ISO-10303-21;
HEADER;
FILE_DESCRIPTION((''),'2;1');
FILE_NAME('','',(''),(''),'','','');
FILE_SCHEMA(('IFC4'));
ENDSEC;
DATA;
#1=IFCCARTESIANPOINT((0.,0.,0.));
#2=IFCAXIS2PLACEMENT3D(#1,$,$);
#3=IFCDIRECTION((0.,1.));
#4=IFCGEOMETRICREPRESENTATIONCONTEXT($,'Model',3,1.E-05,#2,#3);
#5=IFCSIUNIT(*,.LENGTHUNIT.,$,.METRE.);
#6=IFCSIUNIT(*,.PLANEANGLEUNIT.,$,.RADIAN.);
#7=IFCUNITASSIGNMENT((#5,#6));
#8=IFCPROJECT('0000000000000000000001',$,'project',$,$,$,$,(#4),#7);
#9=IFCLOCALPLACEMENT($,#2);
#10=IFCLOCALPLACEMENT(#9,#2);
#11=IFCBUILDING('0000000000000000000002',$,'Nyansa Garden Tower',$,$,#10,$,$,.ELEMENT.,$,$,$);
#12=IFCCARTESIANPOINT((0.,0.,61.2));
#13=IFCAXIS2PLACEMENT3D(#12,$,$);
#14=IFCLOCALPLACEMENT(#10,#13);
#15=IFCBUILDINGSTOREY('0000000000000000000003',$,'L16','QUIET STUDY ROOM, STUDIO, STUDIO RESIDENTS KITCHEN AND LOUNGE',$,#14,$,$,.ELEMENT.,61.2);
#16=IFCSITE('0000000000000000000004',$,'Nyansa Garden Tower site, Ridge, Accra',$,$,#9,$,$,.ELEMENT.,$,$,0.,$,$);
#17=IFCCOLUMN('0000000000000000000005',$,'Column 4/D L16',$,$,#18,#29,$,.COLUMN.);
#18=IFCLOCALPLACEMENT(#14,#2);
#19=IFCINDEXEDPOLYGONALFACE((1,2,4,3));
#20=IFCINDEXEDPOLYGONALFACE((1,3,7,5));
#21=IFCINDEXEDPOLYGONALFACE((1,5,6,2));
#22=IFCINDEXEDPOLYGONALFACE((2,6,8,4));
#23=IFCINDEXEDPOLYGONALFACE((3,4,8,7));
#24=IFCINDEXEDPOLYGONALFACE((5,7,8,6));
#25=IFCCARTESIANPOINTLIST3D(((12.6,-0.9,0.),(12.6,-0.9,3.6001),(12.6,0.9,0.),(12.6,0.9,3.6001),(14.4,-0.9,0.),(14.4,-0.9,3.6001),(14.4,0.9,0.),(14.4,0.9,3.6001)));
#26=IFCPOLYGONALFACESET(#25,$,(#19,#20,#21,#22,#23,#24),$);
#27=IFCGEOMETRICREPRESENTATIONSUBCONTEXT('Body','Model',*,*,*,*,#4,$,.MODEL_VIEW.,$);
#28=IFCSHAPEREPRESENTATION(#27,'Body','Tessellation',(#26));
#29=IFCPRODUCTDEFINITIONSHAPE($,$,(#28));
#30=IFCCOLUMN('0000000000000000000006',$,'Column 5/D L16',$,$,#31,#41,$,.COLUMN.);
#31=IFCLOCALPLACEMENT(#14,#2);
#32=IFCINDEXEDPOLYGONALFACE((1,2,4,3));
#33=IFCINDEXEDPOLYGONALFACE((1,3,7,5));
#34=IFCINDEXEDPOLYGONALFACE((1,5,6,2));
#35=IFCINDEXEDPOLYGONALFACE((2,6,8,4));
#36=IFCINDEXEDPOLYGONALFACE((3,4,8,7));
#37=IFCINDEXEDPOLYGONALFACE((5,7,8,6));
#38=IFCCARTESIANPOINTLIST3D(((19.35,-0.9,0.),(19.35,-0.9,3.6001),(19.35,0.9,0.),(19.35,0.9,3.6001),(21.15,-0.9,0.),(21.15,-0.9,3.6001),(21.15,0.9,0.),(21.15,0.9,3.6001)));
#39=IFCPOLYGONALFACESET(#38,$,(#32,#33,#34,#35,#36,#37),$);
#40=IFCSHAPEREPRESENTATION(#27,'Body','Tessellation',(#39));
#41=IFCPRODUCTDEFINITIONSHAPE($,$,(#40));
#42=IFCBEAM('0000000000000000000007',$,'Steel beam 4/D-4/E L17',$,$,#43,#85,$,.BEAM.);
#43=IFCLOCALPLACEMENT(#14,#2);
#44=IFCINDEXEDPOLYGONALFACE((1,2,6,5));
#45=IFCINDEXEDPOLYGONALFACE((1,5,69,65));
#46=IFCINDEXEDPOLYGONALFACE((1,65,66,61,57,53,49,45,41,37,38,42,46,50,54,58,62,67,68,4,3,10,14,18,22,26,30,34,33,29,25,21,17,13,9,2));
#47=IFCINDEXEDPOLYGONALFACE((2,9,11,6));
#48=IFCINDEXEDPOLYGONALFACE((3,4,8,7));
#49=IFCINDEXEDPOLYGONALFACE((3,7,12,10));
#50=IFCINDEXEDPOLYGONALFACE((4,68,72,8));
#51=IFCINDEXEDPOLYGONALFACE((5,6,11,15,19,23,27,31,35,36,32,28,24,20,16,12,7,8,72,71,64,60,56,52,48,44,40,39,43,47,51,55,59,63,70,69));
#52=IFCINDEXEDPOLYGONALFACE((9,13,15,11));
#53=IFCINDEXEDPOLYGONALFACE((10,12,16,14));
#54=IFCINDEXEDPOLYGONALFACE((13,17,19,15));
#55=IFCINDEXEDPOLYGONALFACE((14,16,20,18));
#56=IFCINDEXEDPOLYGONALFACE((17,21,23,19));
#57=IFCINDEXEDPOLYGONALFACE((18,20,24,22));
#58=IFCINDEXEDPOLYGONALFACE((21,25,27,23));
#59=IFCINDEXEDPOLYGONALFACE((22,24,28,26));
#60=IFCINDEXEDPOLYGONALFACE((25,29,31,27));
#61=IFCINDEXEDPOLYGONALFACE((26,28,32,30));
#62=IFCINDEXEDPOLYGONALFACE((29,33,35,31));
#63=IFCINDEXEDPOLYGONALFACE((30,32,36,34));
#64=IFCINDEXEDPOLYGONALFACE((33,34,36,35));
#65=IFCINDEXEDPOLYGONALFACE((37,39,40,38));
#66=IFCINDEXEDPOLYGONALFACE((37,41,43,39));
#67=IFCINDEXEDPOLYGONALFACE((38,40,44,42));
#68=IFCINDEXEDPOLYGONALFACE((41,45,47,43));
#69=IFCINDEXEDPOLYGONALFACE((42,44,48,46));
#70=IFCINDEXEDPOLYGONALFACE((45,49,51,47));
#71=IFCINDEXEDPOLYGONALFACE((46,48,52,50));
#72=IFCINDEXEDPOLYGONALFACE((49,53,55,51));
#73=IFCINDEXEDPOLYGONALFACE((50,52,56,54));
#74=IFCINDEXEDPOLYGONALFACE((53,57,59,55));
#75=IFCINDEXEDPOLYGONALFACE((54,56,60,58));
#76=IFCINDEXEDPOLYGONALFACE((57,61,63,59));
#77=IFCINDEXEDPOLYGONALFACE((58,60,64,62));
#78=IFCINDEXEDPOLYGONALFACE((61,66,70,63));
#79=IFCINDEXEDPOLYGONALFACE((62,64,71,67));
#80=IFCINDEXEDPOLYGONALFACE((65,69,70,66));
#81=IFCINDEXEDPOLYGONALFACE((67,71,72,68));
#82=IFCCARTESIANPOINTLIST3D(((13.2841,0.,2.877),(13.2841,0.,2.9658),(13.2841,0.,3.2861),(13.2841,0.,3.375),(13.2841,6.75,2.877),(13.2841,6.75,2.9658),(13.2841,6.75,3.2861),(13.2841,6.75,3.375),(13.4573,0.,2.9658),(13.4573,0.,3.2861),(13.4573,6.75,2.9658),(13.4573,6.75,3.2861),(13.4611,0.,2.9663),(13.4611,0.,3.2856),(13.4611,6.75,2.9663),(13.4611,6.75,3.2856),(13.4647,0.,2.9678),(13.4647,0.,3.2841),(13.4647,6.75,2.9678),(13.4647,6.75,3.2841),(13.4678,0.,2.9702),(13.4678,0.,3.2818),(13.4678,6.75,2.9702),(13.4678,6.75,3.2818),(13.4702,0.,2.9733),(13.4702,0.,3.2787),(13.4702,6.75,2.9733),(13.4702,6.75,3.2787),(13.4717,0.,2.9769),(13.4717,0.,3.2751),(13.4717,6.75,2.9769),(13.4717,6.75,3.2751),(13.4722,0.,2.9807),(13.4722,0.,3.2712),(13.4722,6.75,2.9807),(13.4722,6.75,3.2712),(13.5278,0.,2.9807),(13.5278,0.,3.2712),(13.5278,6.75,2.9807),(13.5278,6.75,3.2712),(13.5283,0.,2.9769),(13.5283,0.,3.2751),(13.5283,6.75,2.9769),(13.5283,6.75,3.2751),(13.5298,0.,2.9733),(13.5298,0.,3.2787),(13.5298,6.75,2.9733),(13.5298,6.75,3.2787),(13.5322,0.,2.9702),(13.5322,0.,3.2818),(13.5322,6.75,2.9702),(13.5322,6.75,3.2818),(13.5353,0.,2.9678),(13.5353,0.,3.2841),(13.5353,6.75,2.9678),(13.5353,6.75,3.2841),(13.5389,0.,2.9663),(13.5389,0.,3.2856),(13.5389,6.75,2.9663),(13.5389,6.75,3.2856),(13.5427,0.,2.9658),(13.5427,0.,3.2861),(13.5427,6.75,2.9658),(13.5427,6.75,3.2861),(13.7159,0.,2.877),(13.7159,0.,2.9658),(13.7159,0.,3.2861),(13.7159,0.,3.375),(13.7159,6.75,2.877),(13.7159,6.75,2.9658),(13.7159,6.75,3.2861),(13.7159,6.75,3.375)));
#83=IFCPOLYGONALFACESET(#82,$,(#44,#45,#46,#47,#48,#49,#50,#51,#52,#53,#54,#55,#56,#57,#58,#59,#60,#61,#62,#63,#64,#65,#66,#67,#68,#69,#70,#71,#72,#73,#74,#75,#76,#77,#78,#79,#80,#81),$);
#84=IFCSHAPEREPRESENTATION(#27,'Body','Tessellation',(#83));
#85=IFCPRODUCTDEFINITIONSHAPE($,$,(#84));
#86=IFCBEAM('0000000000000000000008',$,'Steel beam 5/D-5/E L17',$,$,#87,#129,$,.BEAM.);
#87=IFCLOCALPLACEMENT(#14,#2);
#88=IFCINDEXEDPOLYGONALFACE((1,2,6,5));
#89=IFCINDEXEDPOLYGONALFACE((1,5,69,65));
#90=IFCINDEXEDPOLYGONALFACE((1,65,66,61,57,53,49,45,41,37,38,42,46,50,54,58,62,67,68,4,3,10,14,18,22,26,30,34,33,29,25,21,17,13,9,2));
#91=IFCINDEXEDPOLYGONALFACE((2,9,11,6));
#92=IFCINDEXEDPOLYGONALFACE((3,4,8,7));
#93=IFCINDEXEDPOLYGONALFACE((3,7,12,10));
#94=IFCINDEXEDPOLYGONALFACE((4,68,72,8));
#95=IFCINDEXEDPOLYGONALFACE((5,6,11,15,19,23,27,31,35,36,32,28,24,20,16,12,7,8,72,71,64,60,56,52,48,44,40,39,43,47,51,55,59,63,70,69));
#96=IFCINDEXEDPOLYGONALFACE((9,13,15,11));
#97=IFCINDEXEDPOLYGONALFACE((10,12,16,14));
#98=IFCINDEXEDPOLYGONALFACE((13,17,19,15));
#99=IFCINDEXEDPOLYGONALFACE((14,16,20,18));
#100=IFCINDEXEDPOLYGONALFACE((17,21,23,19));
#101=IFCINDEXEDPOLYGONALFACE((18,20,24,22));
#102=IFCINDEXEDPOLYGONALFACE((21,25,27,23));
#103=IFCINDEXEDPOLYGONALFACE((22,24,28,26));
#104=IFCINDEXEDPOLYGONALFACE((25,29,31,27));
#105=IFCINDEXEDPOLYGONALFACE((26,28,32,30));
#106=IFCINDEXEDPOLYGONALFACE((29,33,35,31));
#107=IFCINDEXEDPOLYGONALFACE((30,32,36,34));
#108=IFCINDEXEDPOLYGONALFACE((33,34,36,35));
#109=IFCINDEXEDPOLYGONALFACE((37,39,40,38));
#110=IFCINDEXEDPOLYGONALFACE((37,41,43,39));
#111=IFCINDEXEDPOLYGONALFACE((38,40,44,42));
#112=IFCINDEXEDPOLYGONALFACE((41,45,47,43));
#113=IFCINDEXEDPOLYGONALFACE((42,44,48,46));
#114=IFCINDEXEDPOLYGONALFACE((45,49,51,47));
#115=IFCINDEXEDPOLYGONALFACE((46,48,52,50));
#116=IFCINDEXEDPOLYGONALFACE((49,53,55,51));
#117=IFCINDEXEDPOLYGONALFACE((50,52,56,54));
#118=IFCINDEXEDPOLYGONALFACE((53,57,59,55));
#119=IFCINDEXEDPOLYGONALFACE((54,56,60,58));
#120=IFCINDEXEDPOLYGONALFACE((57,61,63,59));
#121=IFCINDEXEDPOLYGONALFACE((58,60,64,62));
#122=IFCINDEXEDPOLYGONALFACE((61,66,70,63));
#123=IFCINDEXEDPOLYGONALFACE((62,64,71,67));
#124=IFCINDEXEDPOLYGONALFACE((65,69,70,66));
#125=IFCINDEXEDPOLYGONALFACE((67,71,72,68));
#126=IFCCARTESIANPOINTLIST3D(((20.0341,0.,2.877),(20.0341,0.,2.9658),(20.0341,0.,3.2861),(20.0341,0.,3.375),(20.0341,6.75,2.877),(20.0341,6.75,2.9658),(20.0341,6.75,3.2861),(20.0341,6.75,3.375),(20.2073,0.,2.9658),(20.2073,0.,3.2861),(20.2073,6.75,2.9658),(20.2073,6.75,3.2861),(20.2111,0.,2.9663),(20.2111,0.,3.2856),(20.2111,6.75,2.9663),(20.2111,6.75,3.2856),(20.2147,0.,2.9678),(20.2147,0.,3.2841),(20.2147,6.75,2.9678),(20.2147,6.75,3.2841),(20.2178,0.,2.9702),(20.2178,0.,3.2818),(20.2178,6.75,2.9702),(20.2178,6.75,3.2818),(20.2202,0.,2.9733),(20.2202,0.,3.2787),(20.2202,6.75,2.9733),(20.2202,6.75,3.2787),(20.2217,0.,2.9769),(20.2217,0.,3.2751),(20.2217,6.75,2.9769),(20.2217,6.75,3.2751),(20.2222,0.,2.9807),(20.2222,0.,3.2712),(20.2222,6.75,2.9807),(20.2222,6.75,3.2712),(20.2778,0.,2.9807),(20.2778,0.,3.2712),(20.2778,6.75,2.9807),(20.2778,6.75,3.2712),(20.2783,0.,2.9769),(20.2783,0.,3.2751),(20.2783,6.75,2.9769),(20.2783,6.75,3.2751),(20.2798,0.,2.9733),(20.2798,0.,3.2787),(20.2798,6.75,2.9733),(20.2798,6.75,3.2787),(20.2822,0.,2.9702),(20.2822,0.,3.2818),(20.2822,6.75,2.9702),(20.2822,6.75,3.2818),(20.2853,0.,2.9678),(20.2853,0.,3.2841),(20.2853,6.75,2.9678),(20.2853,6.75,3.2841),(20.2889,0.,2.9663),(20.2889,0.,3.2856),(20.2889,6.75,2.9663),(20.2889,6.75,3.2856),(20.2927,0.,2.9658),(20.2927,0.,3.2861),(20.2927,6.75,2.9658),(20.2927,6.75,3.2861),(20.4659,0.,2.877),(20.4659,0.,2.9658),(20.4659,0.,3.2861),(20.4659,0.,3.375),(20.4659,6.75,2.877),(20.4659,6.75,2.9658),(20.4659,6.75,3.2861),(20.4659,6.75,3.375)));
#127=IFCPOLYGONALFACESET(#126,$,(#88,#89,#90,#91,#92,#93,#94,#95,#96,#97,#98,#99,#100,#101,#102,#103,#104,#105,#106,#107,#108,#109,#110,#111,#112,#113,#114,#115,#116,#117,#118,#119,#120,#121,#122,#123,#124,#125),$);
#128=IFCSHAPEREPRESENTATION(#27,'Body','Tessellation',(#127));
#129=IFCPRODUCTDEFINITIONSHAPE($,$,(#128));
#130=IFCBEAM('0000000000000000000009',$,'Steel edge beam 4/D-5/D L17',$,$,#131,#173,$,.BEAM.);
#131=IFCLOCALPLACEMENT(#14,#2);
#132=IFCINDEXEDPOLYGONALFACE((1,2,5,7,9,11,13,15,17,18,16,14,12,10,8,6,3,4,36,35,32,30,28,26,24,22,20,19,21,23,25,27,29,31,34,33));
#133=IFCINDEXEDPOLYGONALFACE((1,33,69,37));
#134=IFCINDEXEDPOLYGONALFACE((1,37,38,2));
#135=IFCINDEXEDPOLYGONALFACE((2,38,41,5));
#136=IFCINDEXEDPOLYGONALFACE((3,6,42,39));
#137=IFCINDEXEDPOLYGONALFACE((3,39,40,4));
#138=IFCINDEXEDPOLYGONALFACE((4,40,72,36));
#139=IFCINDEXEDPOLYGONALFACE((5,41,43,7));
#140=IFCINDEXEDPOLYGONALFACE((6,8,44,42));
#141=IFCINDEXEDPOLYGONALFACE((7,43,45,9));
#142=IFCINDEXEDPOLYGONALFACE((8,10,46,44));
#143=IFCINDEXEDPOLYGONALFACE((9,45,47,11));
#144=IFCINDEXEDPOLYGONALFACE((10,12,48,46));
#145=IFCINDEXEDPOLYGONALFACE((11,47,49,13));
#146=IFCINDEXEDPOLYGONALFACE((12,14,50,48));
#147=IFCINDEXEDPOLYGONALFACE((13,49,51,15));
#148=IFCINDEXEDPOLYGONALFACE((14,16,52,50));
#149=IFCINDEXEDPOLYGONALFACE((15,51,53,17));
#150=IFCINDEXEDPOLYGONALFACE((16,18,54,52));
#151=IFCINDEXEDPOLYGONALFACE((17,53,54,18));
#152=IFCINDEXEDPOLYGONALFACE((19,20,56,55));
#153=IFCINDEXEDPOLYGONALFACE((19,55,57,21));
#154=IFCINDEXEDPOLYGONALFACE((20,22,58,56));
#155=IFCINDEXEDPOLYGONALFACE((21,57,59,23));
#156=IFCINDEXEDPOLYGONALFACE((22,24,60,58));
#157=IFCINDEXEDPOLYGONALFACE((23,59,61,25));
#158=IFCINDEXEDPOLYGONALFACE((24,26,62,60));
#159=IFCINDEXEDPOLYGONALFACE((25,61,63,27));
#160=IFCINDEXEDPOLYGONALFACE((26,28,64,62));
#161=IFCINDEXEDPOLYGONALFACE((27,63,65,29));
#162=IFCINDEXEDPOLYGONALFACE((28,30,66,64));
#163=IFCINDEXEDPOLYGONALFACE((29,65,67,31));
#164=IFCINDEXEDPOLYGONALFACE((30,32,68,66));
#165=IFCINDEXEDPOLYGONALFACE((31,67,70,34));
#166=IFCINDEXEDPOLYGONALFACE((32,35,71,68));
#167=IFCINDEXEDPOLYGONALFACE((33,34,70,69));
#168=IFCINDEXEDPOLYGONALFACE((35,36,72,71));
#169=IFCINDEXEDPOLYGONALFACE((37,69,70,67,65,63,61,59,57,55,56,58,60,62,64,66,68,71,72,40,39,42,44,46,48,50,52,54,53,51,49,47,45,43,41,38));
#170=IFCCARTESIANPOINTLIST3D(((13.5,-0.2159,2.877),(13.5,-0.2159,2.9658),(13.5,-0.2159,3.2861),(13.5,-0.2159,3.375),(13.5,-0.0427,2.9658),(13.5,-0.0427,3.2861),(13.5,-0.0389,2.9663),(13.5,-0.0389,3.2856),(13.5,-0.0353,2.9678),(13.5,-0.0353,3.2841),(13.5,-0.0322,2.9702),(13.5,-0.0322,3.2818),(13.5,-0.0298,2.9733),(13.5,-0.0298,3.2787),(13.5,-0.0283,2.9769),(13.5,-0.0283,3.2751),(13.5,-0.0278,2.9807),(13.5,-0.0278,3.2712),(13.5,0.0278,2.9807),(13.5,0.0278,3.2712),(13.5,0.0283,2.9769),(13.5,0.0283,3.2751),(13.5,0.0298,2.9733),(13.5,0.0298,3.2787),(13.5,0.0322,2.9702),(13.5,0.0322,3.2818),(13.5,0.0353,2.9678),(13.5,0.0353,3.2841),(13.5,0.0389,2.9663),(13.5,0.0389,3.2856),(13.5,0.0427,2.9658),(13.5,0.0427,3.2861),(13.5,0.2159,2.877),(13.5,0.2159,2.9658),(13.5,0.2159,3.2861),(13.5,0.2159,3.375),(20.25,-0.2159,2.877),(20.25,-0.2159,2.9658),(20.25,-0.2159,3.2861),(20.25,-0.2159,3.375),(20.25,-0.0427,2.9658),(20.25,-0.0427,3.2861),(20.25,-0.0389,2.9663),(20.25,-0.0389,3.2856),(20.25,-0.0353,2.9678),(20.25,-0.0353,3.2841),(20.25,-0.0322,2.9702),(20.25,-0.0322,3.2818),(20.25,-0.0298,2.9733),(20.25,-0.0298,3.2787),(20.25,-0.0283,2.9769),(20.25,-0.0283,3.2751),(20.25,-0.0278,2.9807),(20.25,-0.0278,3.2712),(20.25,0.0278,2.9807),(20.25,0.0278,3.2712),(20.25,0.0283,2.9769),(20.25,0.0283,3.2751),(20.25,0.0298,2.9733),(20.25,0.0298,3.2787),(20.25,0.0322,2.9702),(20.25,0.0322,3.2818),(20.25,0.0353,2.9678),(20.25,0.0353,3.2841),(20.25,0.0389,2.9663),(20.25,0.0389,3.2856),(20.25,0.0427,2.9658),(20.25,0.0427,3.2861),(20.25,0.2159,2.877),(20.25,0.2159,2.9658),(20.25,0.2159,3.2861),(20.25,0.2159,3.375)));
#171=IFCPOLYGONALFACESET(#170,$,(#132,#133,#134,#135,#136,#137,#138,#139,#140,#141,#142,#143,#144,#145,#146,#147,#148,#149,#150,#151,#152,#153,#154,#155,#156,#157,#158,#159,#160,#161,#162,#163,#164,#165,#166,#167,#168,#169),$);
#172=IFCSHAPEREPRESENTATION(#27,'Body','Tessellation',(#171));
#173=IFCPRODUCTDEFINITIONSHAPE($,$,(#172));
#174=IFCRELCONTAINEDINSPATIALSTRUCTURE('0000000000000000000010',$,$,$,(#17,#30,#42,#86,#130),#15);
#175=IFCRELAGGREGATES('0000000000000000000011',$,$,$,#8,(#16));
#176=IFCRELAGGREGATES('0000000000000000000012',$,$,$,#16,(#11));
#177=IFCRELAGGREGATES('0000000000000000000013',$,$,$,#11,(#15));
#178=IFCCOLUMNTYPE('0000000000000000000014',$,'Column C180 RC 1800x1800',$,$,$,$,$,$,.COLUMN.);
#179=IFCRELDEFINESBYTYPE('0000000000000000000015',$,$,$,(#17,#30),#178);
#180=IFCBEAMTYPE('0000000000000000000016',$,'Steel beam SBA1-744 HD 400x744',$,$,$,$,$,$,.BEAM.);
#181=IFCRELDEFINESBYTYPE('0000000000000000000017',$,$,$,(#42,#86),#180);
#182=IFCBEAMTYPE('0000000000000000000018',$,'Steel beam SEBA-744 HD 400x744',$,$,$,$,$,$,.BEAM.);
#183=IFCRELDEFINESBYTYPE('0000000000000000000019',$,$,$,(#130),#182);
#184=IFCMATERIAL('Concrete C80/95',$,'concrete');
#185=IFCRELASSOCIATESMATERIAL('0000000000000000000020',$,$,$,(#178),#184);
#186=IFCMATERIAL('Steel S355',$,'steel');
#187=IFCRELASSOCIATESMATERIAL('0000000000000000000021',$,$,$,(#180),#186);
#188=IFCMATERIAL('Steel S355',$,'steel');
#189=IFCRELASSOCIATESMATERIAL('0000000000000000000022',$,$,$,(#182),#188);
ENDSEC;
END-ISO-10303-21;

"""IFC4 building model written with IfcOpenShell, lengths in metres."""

from ifc_helpers import new_model, si_unit, direction, frame, origin, origin_2d, place, context, subcontext, project, spatial, rectangle, i_section, extrude, material, material_profile, profile_set, type_object, element, save


model = new_model("IFC4")

# Units and contexts
model_context = context("Model", 3, precision=1e-05, world=origin(), true_north=direction((0.0, 1.0)))
body_context = subcontext(model_context, "Body", "Model", "MODEL_VIEW")
ifc_project = project(units=[si_unit("LENGTHUNIT", "METRE"), si_unit("PLANEANGLEUNIT", "RADIAN")], contexts=[model_context])

# Site, building, storey
site_placement = place(None, origin())
site = spatial("IfcSite", under=ifc_project, at=site_placement, Name="Nyansa Garden Tower site, Ridge, Accra", CompositionType="ELEMENT", RefElevation=0.0)
building_placement = place(site_placement, origin())
building = spatial("IfcBuilding", under=site, at=building_placement, Name="Nyansa Garden Tower", CompositionType="ELEMENT")
storey_placement = place(building_placement, frame((0.0, 0.0, 61.2)))
storey = spatial("IfcBuildingStorey", under=building, at=storey_placement, Name="L16", Description="QUIET STUDY ROOM, STUDIO, STUDIO RESIDENTS KITCHEN AND LOUNGE", CompositionType="ELEMENT", Elevation=61.2)

# Columns
ifc_material_1 = material(Name="Concrete C80/95", Category="concrete")
ifc_material_profile_1 = material_profile(ifc_material_1, rectangle(XDim=1.8, YDim=1.8, at=origin_2d()), Name="RC 1800x1800")
ifc_profile_set_1 = profile_set([ifc_material_profile_1], Name="Concrete C80/95")
column_type = type_object("IfcColumnType", Name="Column C180 RC 1800x1800", PredefinedType="COLUMN", material=ifc_profile_set_1)
for number, where, z_axis, x_axis, name in (
    (1, (13.5, 0.0, 0.0), (0.0, 0.0, 1.0), (1.0, 0.0, 0.0), "Column 4/D L16"),
    (2, (20.25, 0.0, 0.0), (0.0, 0.0, 1.0), (1.0, 0.0, 0.0), "Column 5/D L16"),
):
    element("IfcColumn", number, at=place(storey_placement, frame(where, z_axis=z_axis, x_axis=x_axis)), inside=storey, type_object=column_type, Name=name, PredefinedType="COLUMN", context=body_context, shape_type="SweptSolid", body=[
        extrude(rectangle(XDim=1.8, YDim=1.8, at=origin_2d()), origin(), (0.0, 0.0, 1.0), 3.6001),
    ])

# Beams
ifc_material_2 = material(Name="Steel S355", Category="steel")
ifc_material_profile_2 = material_profile(ifc_material_2, i_section(OverallWidth=0.4319, OverallDepth=0.498, WebThickness=0.0557, FlangeThickness=0.0889, FilletRadius=0.0149, at=origin_2d()), Name="HD 400x744")
ifc_profile_set_2 = profile_set([ifc_material_profile_2], Name="Steel S355")
beam_type_1 = type_object("IfcBeamType", Name="Steel beam SBA1-744 HD 400x744", PredefinedType="BEAM", material=ifc_profile_set_2)
for number, where, z_axis, x_axis, name in (
    (3, (13.5, 0.0, 3.126), (0.0, 1.0, 0.0), (-1.0, 0.0, 0.0), "Steel beam 4/D-4/E L17"),
    (4, (20.25, 0.0, 3.126), (0.0, 1.0, 0.0), (-1.0, 0.0, 0.0), "Steel beam 5/D-5/E L17"),
):
    element("IfcBeam", number, at=place(storey_placement, frame(where, z_axis=z_axis, x_axis=x_axis)), inside=storey, type_object=beam_type_1, Name=name, PredefinedType="BEAM", context=body_context, shape_type="SweptSolid", body=[
        extrude(i_section(OverallWidth=0.4319, OverallDepth=0.498, WebThickness=0.0557, FlangeThickness=0.0889, FilletRadius=0.0149, at=origin_2d()), origin(), (0.0, 0.0, 1.0), 6.75),
    ])
ifc_material_3 = material(Name="Steel S355", Category="steel")
ifc_material_profile_3 = material_profile(ifc_material_3, i_section(OverallWidth=0.4319, OverallDepth=0.498, WebThickness=0.0557, FlangeThickness=0.0889, FilletRadius=0.0149, at=origin_2d()), Name="HD 400x744")
ifc_profile_set_3 = profile_set([ifc_material_profile_3], Name="Steel S355")
beam_type_2 = type_object("IfcBeamType", Name="Steel beam SEBA-744 HD 400x744", PredefinedType="BEAM", material=ifc_profile_set_3)
for number, where, z_axis, x_axis, name in (
    (5, (13.5, 0.0, 3.126), (1.0, 0.0, 0.0), (0.0, 1.0, 0.0), "Steel edge beam 4/D-5/D L17"),
):
    element("IfcBeam", number, at=place(storey_placement, frame(where, z_axis=z_axis, x_axis=x_axis)), inside=storey, type_object=beam_type_2, Name=name, PredefinedType="BEAM", context=body_context, shape_type="SweptSolid", body=[
        extrude(i_section(OverallWidth=0.4319, OverallDepth=0.498, WebThickness=0.0557, FlangeThickness=0.0889, FilletRadius=0.0149, at=origin_2d()), origin(), (0.0, 0.0, 1.0), 6.75),
    ])

save(model, "model.ifc")
